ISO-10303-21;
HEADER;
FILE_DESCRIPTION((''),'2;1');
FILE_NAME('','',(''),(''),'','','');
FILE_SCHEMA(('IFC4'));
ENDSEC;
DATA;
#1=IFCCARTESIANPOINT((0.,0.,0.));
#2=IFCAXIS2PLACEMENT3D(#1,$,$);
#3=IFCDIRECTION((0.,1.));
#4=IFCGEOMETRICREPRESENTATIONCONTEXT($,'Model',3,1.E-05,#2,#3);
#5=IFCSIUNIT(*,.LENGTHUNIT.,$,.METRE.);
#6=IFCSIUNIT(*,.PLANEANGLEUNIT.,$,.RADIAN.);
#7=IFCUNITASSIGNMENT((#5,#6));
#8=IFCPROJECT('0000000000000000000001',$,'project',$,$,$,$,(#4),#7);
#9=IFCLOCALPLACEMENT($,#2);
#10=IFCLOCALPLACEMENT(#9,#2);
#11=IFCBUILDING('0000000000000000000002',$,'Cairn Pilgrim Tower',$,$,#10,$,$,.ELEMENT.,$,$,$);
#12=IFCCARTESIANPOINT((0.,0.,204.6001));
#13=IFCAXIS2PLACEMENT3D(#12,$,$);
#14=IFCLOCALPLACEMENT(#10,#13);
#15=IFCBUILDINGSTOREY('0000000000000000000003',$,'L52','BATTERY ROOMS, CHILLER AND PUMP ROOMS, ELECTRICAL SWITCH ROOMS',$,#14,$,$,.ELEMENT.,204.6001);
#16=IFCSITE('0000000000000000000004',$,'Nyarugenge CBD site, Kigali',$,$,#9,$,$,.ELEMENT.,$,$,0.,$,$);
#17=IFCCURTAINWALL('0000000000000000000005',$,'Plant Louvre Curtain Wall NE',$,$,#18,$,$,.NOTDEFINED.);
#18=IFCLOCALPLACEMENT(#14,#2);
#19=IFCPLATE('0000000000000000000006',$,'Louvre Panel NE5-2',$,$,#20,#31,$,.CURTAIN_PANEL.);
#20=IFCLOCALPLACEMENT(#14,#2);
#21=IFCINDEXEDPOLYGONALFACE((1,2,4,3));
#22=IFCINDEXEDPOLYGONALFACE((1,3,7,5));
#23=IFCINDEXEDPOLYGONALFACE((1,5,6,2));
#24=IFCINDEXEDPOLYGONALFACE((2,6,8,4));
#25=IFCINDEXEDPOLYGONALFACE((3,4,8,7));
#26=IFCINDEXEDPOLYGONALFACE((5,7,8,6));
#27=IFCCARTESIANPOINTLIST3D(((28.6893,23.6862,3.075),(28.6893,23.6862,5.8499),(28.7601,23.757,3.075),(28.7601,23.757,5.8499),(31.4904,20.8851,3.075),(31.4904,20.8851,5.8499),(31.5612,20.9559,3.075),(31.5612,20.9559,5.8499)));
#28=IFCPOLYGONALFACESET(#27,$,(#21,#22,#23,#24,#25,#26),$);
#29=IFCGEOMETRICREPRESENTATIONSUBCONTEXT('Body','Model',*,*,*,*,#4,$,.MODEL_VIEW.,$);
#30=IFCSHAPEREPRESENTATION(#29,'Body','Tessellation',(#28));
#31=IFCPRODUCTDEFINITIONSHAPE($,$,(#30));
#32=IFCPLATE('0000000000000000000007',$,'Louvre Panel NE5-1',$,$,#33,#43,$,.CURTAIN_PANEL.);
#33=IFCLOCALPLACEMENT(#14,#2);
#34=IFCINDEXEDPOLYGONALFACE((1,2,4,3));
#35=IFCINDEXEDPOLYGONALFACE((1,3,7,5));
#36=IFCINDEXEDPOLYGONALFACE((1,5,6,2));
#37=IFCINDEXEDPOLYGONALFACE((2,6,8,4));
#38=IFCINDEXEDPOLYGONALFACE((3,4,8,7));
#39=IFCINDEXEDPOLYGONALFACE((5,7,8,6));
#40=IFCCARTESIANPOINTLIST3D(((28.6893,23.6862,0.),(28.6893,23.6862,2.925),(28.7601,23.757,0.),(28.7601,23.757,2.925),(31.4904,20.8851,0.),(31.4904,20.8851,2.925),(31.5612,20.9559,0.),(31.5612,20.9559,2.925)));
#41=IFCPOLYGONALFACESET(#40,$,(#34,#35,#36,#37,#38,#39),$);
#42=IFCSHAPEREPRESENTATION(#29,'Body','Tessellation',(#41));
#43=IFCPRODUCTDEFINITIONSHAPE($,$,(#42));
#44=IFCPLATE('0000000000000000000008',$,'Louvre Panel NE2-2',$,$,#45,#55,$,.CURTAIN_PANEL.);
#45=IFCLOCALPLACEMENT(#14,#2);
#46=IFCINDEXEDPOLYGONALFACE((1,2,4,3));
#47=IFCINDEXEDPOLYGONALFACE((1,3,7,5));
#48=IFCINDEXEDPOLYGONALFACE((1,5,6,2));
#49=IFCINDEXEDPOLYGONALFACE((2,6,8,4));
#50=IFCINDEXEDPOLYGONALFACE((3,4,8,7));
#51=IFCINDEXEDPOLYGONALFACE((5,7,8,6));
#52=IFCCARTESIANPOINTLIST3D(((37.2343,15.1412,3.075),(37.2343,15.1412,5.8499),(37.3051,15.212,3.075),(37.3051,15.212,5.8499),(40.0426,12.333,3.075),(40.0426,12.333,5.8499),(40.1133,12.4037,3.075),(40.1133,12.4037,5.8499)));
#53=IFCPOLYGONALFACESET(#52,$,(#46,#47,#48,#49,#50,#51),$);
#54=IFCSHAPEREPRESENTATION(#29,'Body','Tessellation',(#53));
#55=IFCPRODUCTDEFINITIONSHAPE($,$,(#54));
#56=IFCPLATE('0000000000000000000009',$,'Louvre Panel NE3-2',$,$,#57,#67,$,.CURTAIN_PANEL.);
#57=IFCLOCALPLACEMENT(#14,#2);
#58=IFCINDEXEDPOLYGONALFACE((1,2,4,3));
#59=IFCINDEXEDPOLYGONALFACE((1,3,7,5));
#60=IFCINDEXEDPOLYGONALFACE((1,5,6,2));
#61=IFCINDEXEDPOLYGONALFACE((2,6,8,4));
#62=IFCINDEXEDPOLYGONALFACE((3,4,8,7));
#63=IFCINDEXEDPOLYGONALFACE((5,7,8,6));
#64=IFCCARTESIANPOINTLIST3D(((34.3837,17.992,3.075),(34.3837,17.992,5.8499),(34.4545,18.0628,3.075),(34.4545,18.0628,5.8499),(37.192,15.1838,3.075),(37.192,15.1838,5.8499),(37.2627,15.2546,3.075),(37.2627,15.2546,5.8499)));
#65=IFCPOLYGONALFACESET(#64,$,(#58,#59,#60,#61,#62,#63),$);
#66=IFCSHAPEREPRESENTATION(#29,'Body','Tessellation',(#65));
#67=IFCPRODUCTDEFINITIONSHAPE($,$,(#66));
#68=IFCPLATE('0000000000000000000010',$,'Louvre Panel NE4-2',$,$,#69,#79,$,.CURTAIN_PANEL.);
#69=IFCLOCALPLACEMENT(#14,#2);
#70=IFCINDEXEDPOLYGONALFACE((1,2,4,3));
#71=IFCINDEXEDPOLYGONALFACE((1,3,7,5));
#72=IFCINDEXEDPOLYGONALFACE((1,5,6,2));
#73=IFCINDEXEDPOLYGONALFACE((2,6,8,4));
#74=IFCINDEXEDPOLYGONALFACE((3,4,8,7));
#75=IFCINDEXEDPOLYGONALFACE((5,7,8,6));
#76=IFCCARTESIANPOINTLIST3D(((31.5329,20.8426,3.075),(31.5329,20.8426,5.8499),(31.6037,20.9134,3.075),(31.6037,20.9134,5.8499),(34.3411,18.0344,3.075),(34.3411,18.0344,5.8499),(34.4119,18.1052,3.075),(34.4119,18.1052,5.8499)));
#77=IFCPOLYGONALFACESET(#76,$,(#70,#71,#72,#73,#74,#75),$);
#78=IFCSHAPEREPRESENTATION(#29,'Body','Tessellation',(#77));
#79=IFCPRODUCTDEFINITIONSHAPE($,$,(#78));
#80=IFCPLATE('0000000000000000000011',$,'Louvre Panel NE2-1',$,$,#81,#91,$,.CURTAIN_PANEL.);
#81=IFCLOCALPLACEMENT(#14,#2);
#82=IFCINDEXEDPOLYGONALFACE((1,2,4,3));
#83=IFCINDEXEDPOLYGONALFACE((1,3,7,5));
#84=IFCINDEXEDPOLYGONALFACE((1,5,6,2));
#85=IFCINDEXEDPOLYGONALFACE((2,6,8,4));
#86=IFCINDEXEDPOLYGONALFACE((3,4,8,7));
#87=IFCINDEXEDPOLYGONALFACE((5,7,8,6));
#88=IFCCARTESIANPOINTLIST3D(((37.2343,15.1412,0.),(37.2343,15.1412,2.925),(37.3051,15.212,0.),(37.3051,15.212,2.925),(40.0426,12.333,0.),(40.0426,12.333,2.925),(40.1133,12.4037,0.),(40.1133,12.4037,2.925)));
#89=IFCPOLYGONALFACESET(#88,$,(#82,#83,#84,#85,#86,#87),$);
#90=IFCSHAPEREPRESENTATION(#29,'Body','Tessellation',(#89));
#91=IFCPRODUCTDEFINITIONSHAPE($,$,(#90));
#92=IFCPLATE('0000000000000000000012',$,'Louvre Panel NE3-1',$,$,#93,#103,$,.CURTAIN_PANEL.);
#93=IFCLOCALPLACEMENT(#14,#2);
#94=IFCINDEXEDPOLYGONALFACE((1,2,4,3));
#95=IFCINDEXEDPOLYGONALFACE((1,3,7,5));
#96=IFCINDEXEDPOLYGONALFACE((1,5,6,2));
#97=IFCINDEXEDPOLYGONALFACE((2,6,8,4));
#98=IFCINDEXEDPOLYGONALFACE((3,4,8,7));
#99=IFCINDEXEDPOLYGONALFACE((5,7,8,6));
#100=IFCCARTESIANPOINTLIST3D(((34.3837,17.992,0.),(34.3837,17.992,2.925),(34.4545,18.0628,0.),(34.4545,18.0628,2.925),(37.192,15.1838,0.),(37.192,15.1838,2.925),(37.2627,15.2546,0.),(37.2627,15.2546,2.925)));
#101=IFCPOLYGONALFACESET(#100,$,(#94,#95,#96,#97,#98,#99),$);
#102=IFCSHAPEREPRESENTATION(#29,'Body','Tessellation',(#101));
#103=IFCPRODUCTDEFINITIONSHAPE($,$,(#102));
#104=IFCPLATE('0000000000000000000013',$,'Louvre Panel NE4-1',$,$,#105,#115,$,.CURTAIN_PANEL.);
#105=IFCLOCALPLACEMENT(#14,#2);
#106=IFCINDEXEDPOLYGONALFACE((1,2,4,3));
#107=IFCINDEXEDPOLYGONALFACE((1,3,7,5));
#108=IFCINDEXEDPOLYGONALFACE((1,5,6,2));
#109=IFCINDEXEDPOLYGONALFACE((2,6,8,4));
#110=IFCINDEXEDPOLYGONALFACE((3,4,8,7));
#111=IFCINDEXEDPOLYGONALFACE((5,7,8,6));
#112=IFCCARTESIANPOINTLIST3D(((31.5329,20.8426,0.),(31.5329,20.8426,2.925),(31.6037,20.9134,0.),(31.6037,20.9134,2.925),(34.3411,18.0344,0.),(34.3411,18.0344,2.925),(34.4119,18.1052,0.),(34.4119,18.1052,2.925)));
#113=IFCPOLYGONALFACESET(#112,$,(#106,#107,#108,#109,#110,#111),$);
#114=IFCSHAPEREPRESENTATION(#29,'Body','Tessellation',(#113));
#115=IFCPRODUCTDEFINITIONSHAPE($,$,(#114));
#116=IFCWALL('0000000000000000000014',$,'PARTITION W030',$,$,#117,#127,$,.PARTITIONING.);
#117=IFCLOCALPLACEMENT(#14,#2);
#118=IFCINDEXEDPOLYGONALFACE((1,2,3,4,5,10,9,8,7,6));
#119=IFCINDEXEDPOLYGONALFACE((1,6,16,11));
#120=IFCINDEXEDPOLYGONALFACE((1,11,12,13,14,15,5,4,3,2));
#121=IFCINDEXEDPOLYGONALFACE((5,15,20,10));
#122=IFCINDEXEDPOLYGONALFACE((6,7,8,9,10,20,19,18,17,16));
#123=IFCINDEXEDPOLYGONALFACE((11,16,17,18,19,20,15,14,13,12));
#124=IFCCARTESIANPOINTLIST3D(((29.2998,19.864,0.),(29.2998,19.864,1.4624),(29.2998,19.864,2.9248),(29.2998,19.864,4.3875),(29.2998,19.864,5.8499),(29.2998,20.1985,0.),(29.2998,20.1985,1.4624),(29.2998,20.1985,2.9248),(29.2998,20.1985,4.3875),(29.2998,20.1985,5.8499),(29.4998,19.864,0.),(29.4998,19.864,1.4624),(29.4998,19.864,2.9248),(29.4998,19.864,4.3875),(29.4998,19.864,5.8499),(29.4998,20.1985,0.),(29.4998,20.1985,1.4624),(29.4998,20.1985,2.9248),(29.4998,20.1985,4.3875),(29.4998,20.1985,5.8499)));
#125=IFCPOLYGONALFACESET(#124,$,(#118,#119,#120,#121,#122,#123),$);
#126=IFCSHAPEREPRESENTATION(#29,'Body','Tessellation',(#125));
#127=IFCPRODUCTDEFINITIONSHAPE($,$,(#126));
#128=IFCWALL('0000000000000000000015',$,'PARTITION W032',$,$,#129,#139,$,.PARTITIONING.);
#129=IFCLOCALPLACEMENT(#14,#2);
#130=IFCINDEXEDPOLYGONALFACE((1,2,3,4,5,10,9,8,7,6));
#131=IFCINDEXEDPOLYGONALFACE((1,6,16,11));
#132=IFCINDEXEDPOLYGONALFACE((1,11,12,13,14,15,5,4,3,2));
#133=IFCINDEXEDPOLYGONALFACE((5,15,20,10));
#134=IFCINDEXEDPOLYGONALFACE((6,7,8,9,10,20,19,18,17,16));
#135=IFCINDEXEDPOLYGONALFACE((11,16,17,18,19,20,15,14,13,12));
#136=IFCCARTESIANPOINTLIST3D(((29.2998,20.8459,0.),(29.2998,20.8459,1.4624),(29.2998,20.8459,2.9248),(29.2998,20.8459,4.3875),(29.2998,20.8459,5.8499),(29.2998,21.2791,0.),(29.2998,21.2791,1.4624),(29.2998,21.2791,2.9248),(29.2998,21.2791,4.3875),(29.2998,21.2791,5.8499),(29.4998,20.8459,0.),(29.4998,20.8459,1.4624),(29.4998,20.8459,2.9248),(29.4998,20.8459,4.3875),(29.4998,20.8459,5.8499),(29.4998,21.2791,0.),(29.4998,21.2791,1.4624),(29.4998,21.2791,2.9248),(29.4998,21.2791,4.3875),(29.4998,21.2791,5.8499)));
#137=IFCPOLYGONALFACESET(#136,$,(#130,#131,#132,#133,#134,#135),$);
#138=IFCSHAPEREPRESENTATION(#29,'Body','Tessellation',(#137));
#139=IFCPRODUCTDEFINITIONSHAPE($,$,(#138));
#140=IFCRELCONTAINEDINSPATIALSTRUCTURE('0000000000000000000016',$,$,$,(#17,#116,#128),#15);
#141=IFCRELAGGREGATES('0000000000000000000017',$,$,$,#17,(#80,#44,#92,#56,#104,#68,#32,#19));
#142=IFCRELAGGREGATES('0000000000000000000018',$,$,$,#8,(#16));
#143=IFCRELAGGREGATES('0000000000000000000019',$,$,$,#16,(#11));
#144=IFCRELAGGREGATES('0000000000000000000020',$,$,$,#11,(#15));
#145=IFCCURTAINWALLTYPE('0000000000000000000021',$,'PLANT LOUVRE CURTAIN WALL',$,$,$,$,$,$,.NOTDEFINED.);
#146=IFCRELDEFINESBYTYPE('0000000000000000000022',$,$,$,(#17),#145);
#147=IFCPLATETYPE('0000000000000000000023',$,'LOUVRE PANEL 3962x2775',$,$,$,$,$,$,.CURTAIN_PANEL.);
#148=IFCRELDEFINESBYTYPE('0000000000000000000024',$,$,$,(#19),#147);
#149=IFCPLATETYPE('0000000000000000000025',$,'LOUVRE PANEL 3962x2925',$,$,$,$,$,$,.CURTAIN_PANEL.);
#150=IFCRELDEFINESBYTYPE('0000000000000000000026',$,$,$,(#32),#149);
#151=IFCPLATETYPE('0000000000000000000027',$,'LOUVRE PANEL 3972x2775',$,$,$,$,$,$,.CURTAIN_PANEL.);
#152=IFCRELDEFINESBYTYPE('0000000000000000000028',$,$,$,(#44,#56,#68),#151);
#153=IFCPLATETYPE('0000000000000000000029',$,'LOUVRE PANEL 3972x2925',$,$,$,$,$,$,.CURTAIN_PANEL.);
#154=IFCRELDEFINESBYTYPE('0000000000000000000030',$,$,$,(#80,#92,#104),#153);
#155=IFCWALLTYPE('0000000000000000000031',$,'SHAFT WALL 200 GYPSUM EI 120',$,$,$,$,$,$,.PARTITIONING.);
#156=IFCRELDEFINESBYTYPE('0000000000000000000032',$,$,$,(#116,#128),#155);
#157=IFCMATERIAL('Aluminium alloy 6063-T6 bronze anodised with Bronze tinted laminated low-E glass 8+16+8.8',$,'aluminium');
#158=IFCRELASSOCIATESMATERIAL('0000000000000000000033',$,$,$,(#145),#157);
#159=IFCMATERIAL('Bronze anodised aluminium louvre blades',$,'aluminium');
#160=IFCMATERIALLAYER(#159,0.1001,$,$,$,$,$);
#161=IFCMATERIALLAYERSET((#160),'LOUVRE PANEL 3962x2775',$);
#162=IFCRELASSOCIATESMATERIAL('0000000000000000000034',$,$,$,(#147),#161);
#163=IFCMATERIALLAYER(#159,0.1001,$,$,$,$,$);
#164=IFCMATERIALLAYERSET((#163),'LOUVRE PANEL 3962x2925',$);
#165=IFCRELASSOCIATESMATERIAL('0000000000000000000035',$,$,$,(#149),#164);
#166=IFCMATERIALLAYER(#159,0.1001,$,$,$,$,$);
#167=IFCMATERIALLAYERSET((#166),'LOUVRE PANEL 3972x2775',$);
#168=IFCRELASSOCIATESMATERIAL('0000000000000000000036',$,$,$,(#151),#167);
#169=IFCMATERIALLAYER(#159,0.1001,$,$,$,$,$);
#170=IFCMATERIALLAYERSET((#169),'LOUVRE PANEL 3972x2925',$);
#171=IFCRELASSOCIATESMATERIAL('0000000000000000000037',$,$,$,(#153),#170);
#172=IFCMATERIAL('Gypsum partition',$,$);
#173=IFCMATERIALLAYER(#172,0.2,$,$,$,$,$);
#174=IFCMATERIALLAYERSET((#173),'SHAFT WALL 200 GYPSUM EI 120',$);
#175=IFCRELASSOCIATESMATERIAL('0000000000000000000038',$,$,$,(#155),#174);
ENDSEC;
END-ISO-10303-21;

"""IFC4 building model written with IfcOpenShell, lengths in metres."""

from ifc_helpers import new_model, si_unit, direction, frame, origin, origin_2d, place, context, subcontext, project, spatial, polyline, rectangle, outline, extrude, material, layer, layer_set, type_object, element, aggregate, save


model = new_model("IFC4")

# Units and contexts
model_context = context("Model", 3, precision=1e-05, world=origin(), true_north=direction((0.0, 1.0)))
body_context = subcontext(model_context, "Body", "Model", "MODEL_VIEW")
ifc_project = project(units=[si_unit("LENGTHUNIT", "METRE"), si_unit("PLANEANGLEUNIT", "RADIAN")], contexts=[model_context])

# Site, building, storey
site_placement = place(None, origin())
site = spatial("IfcSite", under=ifc_project, at=site_placement, Name="Nyarugenge CBD site, Kigali", CompositionType="ELEMENT", RefElevation=0.0)
building_placement = place(site_placement, origin())
building = spatial("IfcBuilding", under=site, at=building_placement, Name="Cairn Pilgrim Tower", CompositionType="ELEMENT")
storey_placement = place(building_placement, frame((0.0, 0.0, 204.6001)))
storey = spatial("IfcBuildingStorey", under=building, at=storey_placement, Name="L52", Description="BATTERY ROOMS, CHILLER AND PUMP ROOMS, ELECTRICAL SWITCH ROOMS", CompositionType="ELEMENT", Elevation=204.6001)

# Curtain wall
ifc_material_1 = material(Name="Aluminium alloy 6063-T6 bronze anodised with Bronze tinted laminated low-E glass 8+16+8.8", Category="aluminium")
curtain_wall_type = type_object("IfcCurtainWallType", Name="PLANT LOUVRE CURTAIN WALL", PredefinedType="NOTDEFINED", material=ifc_material_1)
curtain_wall_1_placement = place(storey_placement, origin())
curtain_wall_1 = element("IfcCurtainWall", 1, at=curtain_wall_1_placement, inside=storey, type_object=curtain_wall_type, Name="Plant Louvre Curtain Wall NE", PredefinedType="NOTDEFINED")

# Plates
ifc_material_2 = material(Name="Bronze anodised aluminium louvre blades", Category="aluminium")
ifc_layer_1 = layer(ifc_material_2, 0.1001)
ifc_layer_set_1 = layer_set([ifc_layer_1], Name="LOUVRE PANEL 3962x2775")
plate_type_1 = type_object("IfcPlateType", Name="LOUVRE PANEL 3962x2775", PredefinedType="CURTAIN_PANEL", material=ifc_layer_set_1)
plate_1_placement = place(storey_placement, frame((30.1252, 22.321, 3.075), z_axis=(0.0, 0.0, 1.0), x_axis=(-0.707107, 0.707107, 0.0)))
plate_1 = element("IfcPlate", 2, at=plate_1_placement, type_object=plate_type_1, Name="Louvre Panel NE5-2", PredefinedType="CURTAIN_PANEL", context=body_context, shape_type="SweptSolid", body=[
    extrude(rectangle(XDim=3.9614, YDim=0.1001, at=origin_2d()), origin(), (0.0, 0.0, 1.0), 2.7749),
])
ifc_layer_2 = layer(ifc_material_2, 0.1001)
ifc_layer_set_2 = layer_set([ifc_layer_2], Name="LOUVRE PANEL 3962x2925")
plate_type_2 = type_object("IfcPlateType", Name="LOUVRE PANEL 3962x2925", PredefinedType="CURTAIN_PANEL", material=ifc_layer_set_2)
plate_2_placement = place(storey_placement, frame((30.1252, 22.321, 0.0), z_axis=(0.0, 0.0, 1.0), x_axis=(-0.707107, 0.707107, 0.0)))
plate_2 = element("IfcPlate", 3, at=plate_2_placement, type_object=plate_type_2, Name="Louvre Panel NE5-1", PredefinedType="CURTAIN_PANEL", context=body_context, shape_type="SweptSolid", body=[
    extrude(rectangle(XDim=3.9614, YDim=0.1001, at=origin_2d()), origin(), (0.0, 0.0, 1.0), 2.925),
])
ifc_layer_3 = layer(ifc_material_2, 0.1001)
ifc_layer_set_3 = layer_set([ifc_layer_3], Name="LOUVRE PANEL 3972x2775")
plate_type_3 = type_object("IfcPlateType", Name="LOUVRE PANEL 3972x2775", PredefinedType="CURTAIN_PANEL", material=ifc_layer_set_3)
plate_3_placement = place(storey_placement, frame((38.6738, 13.7725, 3.075), z_axis=(0.0, 0.0, 1.0), x_axis=(-0.707107, 0.707107, 0.0)))
plate_3 = element("IfcPlate", 4, at=plate_3_placement, type_object=plate_type_3, Name="Louvre Panel NE2-2", PredefinedType="CURTAIN_PANEL", context=body_context, shape_type="SweptSolid", body=[
    extrude(rectangle(XDim=3.9714, YDim=0.1001, at=origin_2d()), origin(), (0.0, 0.0, 1.0), 2.7749),
])
plate_4_placement = place(storey_placement, frame((35.8232, 16.6233, 3.075), z_axis=(0.0, 0.0, 1.0), x_axis=(-0.707107, 0.707107, 0.0)))
plate_4 = element("IfcPlate", 5, at=plate_4_placement, type_object=plate_type_3, Name="Louvre Panel NE3-2", PredefinedType="CURTAIN_PANEL", context=body_context, shape_type="SweptSolid", body=[
    extrude(rectangle(XDim=3.9714, YDim=0.1001, at=origin_2d()), origin(), (0.0, 0.0, 1.0), 2.7749),
])
plate_5_placement = place(storey_placement, frame((32.9724, 19.4739, 3.075), z_axis=(0.0, 0.0, 1.0), x_axis=(-0.707107, 0.707107, 0.0)))
plate_5 = element("IfcPlate", 6, at=plate_5_placement, type_object=plate_type_3, Name="Louvre Panel NE4-2", PredefinedType="CURTAIN_PANEL", context=body_context, shape_type="SweptSolid", body=[
    extrude(rectangle(XDim=3.9714, YDim=0.1001, at=origin_2d()), origin(), (0.0, 0.0, 1.0), 2.7749),
])
ifc_layer_4 = layer(ifc_material_2, 0.1001)
ifc_layer_set_4 = layer_set([ifc_layer_4], Name="LOUVRE PANEL 3972x2925")
plate_type_4 = type_object("IfcPlateType", Name="LOUVRE PANEL 3972x2925", PredefinedType="CURTAIN_PANEL", material=ifc_layer_set_4)
plate_6_placement = place(storey_placement, frame((38.6738, 13.7725, 0.0), z_axis=(0.0, 0.0, 1.0), x_axis=(-0.707107, 0.707107, 0.0)))
plate_6 = element("IfcPlate", 7, at=plate_6_placement, type_object=plate_type_4, Name="Louvre Panel NE2-1", PredefinedType="CURTAIN_PANEL", context=body_context, shape_type="SweptSolid", body=[
    extrude(rectangle(XDim=3.9714, YDim=0.1001, at=origin_2d()), origin(), (0.0, 0.0, 1.0), 2.925),
])
plate_7_placement = place(storey_placement, frame((35.8232, 16.6233, 0.0), z_axis=(0.0, 0.0, 1.0), x_axis=(-0.707107, 0.707107, 0.0)))
plate_7 = element("IfcPlate", 8, at=plate_7_placement, type_object=plate_type_4, Name="Louvre Panel NE3-1", PredefinedType="CURTAIN_PANEL", context=body_context, shape_type="SweptSolid", body=[
    extrude(rectangle(XDim=3.9714, YDim=0.1001, at=origin_2d()), origin(), (0.0, 0.0, 1.0), 2.925),
])
plate_8_placement = place(storey_placement, frame((32.9724, 19.4739, 0.0), z_axis=(0.0, 0.0, 1.0), x_axis=(-0.707107, 0.707107, 0.0)))
plate_8 = element("IfcPlate", 9, at=plate_8_placement, type_object=plate_type_4, Name="Louvre Panel NE4-1", PredefinedType="CURTAIN_PANEL", context=body_context, shape_type="SweptSolid", body=[
    extrude(rectangle(XDim=3.9714, YDim=0.1001, at=origin_2d()), origin(), (0.0, 0.0, 1.0), 2.925),
])
aggregate(curtain_wall_1, [plate_6, plate_3, plate_7, plate_4, plate_8, plate_5, plate_2, plate_1])

# Walls
ifc_material_3 = material(Name="Gypsum partition")
ifc_layer_5 = layer(ifc_material_3, 0.2)
ifc_layer_set_5 = layer_set([ifc_layer_5], Name="SHAFT WALL 200 GYPSUM EI 120")
wall_type = type_object("IfcWallType", Name="SHAFT WALL 200 GYPSUM EI 120", PredefinedType="PARTITIONING", material=ifc_layer_set_5)
wall_1_placement = place(storey_placement, frame((29.3999, 19.864, 0.0), z_axis=(0.0, 0.0, 1.0), x_axis=(0.0, 1.0, 0.0)))
element("IfcWall", 10, at=wall_1_placement, inside=storey, type_object=wall_type, Name="PARTITION W030", PredefinedType="PARTITIONING", context=body_context, shape_type="SweptSolid", body=[
    extrude(outline(polyline([(0.0, 0.0), (0.3345, 0.0), (0.3345, 1.4624), (0.3345, 2.9248), (0.3345, 4.3875), (0.3345, 5.8499), (0.0, 5.8499), (0.0, 4.3875), (0.0, 2.9248), (0.0, 1.4624), (0.0, 0.0)])), frame((0.0, 0.1001, 0.0), z_axis=(0.0, -1.0, 0.0), x_axis=(1.0, 0.0, 0.0)), (0.0, 0.0, 1.0), 0.2),
])
wall_2_placement = place(storey_placement, frame((29.3999, 20.8459, 0.0), z_axis=(0.0, 0.0, 1.0), x_axis=(0.0, 1.0, 0.0)))
element("IfcWall", 11, at=wall_2_placement, inside=storey, type_object=wall_type, Name="PARTITION W032", PredefinedType="PARTITIONING", context=body_context, shape_type="SweptSolid", body=[
    extrude(outline(polyline([(0.0, 0.0), (0.4331, 0.0), (0.4331, 1.4624), (0.4331, 2.9248), (0.4331, 4.3875), (0.4331, 5.8499), (0.0, 5.8499), (0.0, 4.3875), (0.0, 2.9248), (0.0, 1.4624), (0.0, 0.0)])), frame((0.0, 0.1001, 0.0), z_axis=(0.0, -1.0, 0.0), x_axis=(1.0, 0.0, 0.0)), (0.0, 0.0, 1.0), 0.2),
])

save(model, "model.ifc")
